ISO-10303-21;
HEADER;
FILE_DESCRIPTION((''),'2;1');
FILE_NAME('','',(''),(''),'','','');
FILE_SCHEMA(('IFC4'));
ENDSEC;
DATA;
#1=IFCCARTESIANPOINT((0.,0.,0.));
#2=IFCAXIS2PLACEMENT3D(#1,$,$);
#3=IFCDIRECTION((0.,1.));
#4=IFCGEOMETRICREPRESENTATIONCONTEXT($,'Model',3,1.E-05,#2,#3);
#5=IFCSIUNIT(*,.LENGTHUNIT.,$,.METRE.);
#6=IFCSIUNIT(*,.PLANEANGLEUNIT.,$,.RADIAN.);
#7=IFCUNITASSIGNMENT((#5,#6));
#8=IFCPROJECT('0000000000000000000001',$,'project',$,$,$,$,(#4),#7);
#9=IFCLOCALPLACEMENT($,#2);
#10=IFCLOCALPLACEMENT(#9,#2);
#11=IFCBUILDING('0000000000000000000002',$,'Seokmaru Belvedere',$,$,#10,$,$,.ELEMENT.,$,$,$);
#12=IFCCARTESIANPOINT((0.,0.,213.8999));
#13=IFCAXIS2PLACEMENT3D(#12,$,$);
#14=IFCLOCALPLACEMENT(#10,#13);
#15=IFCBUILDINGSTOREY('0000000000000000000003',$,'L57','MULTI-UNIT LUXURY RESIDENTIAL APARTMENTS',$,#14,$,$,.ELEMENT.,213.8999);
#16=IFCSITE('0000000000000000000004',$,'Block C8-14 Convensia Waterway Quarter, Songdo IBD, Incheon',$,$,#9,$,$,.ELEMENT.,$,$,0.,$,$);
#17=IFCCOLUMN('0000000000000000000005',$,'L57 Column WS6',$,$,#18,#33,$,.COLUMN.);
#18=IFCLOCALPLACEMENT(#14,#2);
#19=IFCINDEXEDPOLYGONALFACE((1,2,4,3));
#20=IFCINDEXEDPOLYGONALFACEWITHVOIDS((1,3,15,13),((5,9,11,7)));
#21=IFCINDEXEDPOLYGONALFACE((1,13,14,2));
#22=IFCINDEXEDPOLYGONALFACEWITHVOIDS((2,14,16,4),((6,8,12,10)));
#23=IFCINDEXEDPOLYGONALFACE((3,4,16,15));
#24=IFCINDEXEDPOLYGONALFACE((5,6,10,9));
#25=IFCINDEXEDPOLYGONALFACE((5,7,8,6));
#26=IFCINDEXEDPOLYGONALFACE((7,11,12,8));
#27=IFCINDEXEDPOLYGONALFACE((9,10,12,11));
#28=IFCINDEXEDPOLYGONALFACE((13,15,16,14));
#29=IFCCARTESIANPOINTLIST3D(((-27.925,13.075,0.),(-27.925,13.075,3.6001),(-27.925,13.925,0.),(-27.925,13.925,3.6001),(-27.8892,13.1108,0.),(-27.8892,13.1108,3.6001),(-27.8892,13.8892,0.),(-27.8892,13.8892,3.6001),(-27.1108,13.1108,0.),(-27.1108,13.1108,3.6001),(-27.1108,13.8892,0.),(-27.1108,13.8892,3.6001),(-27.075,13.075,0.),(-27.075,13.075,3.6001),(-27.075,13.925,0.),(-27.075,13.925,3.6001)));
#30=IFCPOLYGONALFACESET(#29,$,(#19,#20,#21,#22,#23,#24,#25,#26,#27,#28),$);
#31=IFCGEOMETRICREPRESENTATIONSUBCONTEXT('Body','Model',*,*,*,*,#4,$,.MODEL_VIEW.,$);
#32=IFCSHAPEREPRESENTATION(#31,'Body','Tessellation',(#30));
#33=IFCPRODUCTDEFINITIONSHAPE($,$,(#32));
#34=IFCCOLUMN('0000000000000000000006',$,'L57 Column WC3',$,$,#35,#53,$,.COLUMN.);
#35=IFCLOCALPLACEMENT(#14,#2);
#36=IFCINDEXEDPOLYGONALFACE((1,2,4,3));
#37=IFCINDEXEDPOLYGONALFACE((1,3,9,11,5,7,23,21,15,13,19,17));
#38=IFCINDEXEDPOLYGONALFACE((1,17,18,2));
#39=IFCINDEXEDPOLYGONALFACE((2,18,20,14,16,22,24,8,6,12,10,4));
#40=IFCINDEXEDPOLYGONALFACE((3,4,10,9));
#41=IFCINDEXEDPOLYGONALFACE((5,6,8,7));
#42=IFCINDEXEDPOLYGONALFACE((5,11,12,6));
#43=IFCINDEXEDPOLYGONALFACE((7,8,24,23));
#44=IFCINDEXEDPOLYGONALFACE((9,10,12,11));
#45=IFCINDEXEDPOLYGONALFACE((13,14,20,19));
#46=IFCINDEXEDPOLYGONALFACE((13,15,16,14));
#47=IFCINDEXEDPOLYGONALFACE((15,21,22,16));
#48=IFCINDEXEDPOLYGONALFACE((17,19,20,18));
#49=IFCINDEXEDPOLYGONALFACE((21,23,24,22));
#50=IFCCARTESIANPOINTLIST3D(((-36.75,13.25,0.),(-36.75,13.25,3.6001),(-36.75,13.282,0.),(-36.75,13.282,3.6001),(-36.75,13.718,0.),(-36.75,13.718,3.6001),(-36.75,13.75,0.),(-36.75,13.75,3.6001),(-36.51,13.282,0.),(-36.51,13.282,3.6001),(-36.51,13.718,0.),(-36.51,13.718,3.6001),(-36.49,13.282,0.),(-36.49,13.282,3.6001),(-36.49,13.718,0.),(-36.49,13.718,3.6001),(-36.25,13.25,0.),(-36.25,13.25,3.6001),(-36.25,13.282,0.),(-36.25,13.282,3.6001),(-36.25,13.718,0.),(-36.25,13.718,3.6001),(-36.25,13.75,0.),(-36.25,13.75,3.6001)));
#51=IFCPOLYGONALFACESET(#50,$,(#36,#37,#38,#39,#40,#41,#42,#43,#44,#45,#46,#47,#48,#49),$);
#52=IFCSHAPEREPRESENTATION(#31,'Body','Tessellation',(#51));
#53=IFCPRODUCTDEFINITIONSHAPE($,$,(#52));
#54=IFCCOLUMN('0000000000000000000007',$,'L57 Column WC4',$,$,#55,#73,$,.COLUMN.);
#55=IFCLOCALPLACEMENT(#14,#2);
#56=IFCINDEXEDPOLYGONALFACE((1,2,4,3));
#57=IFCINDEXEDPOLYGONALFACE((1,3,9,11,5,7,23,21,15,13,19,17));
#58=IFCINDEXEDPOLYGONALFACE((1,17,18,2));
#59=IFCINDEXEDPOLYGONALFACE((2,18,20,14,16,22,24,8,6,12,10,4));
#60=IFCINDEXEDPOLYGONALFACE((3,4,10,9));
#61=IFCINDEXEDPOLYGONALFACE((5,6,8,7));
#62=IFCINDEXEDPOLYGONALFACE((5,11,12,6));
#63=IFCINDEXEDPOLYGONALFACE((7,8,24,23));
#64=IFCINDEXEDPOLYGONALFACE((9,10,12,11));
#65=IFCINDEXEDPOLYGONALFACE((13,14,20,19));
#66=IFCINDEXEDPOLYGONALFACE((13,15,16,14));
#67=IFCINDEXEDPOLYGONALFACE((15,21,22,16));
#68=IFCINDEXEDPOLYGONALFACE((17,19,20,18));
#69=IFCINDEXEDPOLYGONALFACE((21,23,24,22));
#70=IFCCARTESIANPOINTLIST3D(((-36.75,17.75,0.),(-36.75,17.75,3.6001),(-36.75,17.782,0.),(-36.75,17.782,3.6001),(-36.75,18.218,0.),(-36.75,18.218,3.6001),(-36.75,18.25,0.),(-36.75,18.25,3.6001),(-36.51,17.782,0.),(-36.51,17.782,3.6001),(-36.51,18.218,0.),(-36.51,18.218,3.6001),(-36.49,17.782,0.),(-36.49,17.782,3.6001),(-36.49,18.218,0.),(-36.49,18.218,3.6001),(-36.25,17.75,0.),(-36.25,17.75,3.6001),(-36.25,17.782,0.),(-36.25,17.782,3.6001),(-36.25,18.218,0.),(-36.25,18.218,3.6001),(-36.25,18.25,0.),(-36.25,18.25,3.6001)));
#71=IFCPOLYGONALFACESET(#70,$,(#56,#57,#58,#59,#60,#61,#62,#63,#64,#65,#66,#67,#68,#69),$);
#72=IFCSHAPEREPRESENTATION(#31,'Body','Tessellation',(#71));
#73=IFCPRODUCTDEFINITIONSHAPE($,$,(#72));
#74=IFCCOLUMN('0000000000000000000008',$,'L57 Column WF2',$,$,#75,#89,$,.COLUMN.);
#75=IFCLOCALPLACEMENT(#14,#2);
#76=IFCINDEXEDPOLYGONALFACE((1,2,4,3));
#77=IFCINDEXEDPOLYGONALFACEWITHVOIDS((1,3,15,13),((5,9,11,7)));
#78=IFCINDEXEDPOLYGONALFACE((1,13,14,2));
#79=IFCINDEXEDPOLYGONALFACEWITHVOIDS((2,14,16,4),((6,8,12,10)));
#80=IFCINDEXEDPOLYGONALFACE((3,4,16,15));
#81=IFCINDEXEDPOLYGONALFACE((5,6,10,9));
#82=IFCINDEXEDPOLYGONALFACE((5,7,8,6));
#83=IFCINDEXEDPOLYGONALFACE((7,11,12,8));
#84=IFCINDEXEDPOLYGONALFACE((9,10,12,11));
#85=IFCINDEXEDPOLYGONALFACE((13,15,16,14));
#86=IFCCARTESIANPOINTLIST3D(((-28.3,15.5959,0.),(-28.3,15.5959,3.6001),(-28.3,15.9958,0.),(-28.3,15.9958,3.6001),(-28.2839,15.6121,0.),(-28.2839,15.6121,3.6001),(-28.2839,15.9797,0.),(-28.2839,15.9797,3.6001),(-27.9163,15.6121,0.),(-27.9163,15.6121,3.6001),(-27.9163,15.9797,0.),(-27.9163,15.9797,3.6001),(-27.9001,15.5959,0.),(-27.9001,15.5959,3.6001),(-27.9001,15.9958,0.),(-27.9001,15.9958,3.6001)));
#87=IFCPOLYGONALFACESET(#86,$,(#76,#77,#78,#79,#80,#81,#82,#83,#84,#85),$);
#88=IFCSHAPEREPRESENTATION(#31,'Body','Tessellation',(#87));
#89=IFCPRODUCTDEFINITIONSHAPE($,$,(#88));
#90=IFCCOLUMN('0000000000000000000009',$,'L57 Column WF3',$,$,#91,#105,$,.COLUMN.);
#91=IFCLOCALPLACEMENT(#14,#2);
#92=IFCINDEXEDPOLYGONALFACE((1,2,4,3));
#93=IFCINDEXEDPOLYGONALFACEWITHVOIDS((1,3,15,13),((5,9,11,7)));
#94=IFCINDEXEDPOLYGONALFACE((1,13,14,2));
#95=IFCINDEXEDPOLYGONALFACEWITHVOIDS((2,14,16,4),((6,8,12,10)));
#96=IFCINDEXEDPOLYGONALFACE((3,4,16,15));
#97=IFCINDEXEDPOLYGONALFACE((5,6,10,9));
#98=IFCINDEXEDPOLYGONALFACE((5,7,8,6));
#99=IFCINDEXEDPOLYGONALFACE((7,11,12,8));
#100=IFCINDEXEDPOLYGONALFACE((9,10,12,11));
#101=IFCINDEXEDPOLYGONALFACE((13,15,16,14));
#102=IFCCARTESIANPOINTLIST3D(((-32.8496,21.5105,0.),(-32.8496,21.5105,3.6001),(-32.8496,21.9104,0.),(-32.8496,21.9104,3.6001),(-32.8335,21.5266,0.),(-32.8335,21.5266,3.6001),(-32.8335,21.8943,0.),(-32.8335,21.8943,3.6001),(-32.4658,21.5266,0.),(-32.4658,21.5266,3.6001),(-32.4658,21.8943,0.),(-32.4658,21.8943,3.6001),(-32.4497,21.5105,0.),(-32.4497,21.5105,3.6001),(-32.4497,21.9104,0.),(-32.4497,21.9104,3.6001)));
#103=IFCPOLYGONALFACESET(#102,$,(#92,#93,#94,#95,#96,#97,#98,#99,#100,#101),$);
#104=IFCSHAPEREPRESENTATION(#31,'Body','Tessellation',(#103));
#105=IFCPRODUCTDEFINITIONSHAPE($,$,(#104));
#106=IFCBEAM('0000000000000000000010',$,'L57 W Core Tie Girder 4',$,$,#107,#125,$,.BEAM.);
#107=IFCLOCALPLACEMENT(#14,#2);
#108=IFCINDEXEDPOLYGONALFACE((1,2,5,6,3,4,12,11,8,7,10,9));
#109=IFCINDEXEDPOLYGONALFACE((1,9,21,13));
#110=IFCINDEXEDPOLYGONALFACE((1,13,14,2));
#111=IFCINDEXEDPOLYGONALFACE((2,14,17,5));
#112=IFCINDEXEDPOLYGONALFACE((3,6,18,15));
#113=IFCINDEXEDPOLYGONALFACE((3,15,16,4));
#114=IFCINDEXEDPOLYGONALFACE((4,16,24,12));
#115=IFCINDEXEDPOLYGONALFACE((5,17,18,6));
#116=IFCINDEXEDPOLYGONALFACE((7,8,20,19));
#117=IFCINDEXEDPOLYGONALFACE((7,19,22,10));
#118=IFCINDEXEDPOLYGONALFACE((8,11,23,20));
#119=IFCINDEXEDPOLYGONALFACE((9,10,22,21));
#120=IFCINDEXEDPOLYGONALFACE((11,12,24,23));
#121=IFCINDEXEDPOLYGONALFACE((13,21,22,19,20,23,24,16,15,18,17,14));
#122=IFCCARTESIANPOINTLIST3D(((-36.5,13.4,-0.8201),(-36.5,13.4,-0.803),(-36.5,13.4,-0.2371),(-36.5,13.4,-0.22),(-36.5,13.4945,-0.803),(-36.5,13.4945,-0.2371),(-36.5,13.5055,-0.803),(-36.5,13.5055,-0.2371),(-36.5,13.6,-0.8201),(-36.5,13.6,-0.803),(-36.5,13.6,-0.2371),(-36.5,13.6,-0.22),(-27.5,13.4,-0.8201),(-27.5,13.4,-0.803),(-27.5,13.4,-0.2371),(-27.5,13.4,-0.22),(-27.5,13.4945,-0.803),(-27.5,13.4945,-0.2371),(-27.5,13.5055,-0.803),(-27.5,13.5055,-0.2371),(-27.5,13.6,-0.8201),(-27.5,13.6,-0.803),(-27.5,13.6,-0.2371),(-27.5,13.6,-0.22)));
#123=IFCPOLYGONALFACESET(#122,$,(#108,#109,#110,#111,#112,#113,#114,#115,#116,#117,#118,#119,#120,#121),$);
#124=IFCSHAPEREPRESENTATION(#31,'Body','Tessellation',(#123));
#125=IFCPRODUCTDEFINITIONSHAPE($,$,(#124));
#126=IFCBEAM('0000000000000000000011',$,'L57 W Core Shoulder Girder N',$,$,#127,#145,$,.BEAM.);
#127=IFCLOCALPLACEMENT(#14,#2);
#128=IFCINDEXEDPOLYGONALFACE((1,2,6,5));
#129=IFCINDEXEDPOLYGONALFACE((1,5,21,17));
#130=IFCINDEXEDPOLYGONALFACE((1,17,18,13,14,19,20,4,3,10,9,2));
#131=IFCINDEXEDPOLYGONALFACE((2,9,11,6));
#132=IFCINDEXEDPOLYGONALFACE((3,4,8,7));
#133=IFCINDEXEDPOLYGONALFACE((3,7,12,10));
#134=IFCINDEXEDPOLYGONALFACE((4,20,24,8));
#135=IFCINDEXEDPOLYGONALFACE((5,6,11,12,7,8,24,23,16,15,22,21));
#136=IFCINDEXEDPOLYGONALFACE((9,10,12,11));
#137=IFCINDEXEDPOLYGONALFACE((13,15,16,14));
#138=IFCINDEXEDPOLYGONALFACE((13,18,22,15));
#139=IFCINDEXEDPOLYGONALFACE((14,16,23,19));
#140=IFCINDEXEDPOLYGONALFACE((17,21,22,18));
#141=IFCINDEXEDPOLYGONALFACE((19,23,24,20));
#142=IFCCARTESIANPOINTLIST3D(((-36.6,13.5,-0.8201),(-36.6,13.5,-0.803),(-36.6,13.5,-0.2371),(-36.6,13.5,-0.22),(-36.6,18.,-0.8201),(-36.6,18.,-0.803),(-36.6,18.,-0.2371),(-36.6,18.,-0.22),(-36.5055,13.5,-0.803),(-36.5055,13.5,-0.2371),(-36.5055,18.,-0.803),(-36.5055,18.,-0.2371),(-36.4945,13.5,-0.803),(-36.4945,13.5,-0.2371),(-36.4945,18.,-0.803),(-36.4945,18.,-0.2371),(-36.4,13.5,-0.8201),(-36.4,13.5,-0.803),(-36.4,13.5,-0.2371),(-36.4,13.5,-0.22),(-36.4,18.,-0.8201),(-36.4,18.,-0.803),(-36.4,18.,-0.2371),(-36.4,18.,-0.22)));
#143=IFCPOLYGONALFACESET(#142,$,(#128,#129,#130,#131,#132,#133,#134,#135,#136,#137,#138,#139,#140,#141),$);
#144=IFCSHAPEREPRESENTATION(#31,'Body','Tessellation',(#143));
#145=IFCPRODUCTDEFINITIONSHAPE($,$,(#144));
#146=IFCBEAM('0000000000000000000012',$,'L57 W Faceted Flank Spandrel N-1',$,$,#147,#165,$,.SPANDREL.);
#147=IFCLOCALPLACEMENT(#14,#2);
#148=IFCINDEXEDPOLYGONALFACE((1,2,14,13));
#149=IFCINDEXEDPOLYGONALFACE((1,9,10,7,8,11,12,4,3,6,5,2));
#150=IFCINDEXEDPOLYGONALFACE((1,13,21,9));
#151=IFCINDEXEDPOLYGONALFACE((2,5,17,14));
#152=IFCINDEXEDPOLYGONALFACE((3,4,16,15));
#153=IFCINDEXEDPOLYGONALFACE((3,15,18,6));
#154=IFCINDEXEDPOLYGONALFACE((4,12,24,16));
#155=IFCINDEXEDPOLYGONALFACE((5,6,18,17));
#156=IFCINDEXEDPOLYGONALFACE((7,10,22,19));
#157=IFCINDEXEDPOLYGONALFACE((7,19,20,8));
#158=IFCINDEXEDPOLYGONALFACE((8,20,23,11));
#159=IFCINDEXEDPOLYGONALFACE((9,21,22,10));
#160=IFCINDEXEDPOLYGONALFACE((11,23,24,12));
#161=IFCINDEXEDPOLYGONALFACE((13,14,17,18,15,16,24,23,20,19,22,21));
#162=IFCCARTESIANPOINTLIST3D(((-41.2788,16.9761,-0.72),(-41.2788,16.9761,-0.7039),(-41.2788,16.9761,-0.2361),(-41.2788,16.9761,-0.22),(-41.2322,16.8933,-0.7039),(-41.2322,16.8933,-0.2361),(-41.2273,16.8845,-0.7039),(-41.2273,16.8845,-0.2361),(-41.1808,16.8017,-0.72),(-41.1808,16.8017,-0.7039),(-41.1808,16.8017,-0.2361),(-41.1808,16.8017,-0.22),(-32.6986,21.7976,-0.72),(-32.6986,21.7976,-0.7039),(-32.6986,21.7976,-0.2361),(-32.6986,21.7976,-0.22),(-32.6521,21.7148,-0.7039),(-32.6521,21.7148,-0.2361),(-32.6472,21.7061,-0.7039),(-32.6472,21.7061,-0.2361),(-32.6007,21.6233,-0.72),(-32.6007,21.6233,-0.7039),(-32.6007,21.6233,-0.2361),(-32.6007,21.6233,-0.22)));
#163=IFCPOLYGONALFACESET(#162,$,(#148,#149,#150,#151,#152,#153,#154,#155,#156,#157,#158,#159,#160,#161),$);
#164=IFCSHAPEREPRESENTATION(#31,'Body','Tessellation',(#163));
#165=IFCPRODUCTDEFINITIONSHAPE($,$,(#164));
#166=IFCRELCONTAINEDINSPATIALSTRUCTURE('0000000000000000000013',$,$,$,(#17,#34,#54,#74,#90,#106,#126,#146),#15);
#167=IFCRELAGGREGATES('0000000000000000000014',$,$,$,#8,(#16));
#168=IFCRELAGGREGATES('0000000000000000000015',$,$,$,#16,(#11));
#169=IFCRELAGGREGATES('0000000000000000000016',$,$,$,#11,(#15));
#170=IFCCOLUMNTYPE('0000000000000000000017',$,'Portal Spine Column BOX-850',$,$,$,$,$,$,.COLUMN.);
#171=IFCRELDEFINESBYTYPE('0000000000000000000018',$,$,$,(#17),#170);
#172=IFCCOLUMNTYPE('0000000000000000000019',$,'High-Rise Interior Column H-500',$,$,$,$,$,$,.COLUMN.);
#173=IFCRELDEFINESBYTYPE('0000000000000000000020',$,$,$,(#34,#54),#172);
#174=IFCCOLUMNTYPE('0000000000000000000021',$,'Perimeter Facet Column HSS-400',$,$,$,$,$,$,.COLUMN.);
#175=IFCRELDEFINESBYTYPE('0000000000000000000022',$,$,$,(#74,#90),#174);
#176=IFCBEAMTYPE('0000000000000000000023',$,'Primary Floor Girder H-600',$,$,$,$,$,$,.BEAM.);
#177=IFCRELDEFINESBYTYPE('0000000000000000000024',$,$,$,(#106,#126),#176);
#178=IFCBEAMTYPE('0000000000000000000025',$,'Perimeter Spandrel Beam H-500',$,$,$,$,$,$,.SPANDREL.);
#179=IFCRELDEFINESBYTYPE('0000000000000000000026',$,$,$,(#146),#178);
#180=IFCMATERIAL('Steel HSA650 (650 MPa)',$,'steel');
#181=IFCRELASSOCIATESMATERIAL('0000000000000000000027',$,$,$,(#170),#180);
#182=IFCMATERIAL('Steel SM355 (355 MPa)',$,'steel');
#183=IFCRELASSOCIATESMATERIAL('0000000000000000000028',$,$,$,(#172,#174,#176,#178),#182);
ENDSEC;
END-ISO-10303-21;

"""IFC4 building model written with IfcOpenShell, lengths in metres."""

from ifc_helpers import new_model, si_unit, direction, frame, origin, origin_2d, place, context, subcontext, project, spatial, hollow_rectangle, i_section, extrude, source, transform, mapped, material, material_profile, profile_set, type_object, type_shapes, element, save


model = new_model("IFC4")

# Units and contexts
model_context = context("Model", 3, precision=1e-05, world=origin(), true_north=direction((0.0, 1.0)))
body_context = subcontext(model_context, "Body", "Model", "MODEL_VIEW")
ifc_project = project(units=[si_unit("LENGTHUNIT", "METRE"), si_unit("PLANEANGLEUNIT", "RADIAN")], contexts=[model_context])

# Site, building, storey
site_placement = place(None, origin())
site = spatial("IfcSite", under=ifc_project, at=site_placement, Name="Block C8-14 Convensia Waterway Quarter, Songdo IBD, Incheon", CompositionType="ELEMENT", RefElevation=0.0)
building_placement = place(site_placement, origin())
building = spatial("IfcBuilding", under=site, at=building_placement, Name="Seokmaru Belvedere", CompositionType="ELEMENT")
storey_placement = place(building_placement, frame((0.0, 0.0, 213.8999)))
storey = spatial("IfcBuildingStorey", under=building, at=storey_placement, Name="L57", Description="MULTI-UNIT LUXURY RESIDENTIAL APARTMENTS", CompositionType="ELEMENT", Elevation=213.8999)

# Columns
ifc_material_1 = material(Name="Steel HSA650 (650 MPa)", Category="steel")
ifc_material_profile_1 = material_profile(ifc_material_1, hollow_rectangle(XDim=0.8501, YDim=0.8501, WallThickness=0.0359, at=origin_2d()), Name="BOX-850x850x36")
ifc_profile_set_1 = profile_set([ifc_material_profile_1], Name="Steel HSA650 (650 MPa)")
column_type_1 = type_object("IfcColumnType", Name="Portal Spine Column BOX-850", PredefinedType="COLUMN", material=ifc_profile_set_1)
shared_shape_1 = source(origin(), body_context, "Body", "SweptSolid", [
    extrude(hollow_rectangle(XDim=0.8501, YDim=0.8501, WallThickness=0.0359, at=origin_2d()), origin(), (0.0, 0.0, 1.0), 3.6001),
])
type_shapes(column_type_1, [shared_shape_1])
column_placement = place(storey_placement, frame((-27.5, 13.5, 0.0), z_axis=(0.0, 0.0, 1.0), x_axis=(1.0, 0.0, 0.0)))
element("IfcColumn", 1, at=column_placement, inside=storey, type_object=column_type_1, Name="L57 Column WS6", PredefinedType="COLUMN", context=body_context, shape_type="MappedRepresentation", body=[
    mapped(shared_shape_1, transform((0.0, 0.0, 0.0), scale=1.0)),
])
ifc_material_2 = material(Name="Steel SM355 (355 MPa)", Category="steel")
ifc_material_profile_2 = material_profile(ifc_material_2, i_section(OverallWidth=0.5, OverallDepth=0.5, WebThickness=0.02, FlangeThickness=0.032, at=origin_2d()), Name="H-500x500x20x32")
ifc_profile_set_2 = profile_set([ifc_material_profile_2], Name="Steel SM355 (355 MPa)")
column_type_2 = type_object("IfcColumnType", Name="High-Rise Interior Column H-500", PredefinedType="COLUMN", material=ifc_profile_set_2)
shared_shape_2 = source(origin(), body_context, "Body", "SweptSolid", [
    extrude(i_section(OverallWidth=0.5, OverallDepth=0.5, WebThickness=0.02, FlangeThickness=0.032, at=origin_2d()), origin(), (0.0, 0.0, 1.0), 3.6001),
])
type_shapes(column_type_2, [shared_shape_2])
for number, where, z_axis, x_axis, name in (
    (2, (-36.5, 13.5, 0.0), (0.0, 0.0, 1.0), (1.0, 0.0, 0.0), "L57 Column WC3"),
    (3, (-36.5, 18.0, 0.0), (0.0, 0.0, 1.0), (1.0, 0.0, 0.0), "L57 Column WC4"),
):
    element("IfcColumn", number, at=place(storey_placement, frame(where, z_axis=z_axis, x_axis=x_axis)), inside=storey, type_object=column_type_2, Name=name, PredefinedType="COLUMN", context=body_context, shape_type="MappedRepresentation", body=[
        mapped(shared_shape_2, transform((0.0, 0.0, 0.0), scale=1.0)),
    ])
ifc_material_profile_3 = material_profile(ifc_material_2, hollow_rectangle(XDim=0.3999, YDim=0.3999, WallThickness=0.0161, at=origin_2d()), Name="HSS-400x400x16")
ifc_profile_set_3 = profile_set([ifc_material_profile_3], Name="Steel SM355 (355 MPa)")
column_type_3 = type_object("IfcColumnType", Name="Perimeter Facet Column HSS-400", PredefinedType="COLUMN", material=ifc_profile_set_3)
shared_shape_3 = source(origin(), body_context, "Body", "SweptSolid", [
    extrude(hollow_rectangle(XDim=0.3999, YDim=0.3999, WallThickness=0.0161, at=origin_2d()), origin(), (0.0, 0.0, 1.0), 3.6001),
])
type_shapes(column_type_3, [shared_shape_3])
for number, where, z_axis, x_axis, name in (
    (4, (-28.1001, 15.7959, 0.0), (0.0, 0.0, 1.0), (1.0, 0.0, 0.0), "L57 Column WF2"),
    (5, (-32.6497, 21.7104, 0.0), (0.0, 0.0, 1.0), (1.0, 0.0, 0.0), "L57 Column WF3"),
):
    element("IfcColumn", number, at=place(storey_placement, frame(where, z_axis=z_axis, x_axis=x_axis)), inside=storey, type_object=column_type_3, Name=name, PredefinedType="COLUMN", context=body_context, shape_type="MappedRepresentation", body=[
        mapped(shared_shape_3, transform((0.0, 0.0, 0.0), scale=1.0)),
    ])

# Beams
ifc_material_profile_4 = material_profile(ifc_material_2, i_section(OverallWidth=0.2, OverallDepth=0.6001, WebThickness=0.011, FlangeThickness=0.0171, at=origin_2d()), Name="H-600x200x11x17")
ifc_profile_set_4 = profile_set([ifc_material_profile_4], Name="Steel SM355 (355 MPa)")
beam_type_1 = type_object("IfcBeamType", Name="Primary Floor Girder H-600", PredefinedType="BEAM", material=ifc_profile_set_4)
shared_shape_4 = source(origin(), body_context, "Body", "SweptSolid", [
    extrude(i_section(OverallWidth=0.2, OverallDepth=0.6001, WebThickness=0.011, FlangeThickness=0.0171, at=origin_2d()), origin(), (0.0, 0.0, 1.0), 9.0),
])
beam_1_placement = place(storey_placement, frame((-36.5, 13.5, -0.52), z_axis=(1.0, 0.0, 0.0), x_axis=(0.0, 1.0, 0.0)))
element("IfcBeam", 6, at=beam_1_placement, inside=storey, type_object=beam_type_1, Name="L57 W Core Tie Girder 4", PredefinedType="BEAM", context=body_context, shape_type="MappedRepresentation", body=[
    mapped(shared_shape_4, transform((0.0, 0.0, 0.0), scale=1.0)),
])
shared_shape_5 = source(origin(), body_context, "Body", "SweptSolid", [
    extrude(i_section(OverallWidth=0.2, OverallDepth=0.6001, WebThickness=0.011, FlangeThickness=0.0171, at=origin_2d()), origin(), (0.0, 0.0, 1.0), 4.5),
])
type_shapes(beam_type_1, [shared_shape_4, shared_shape_5])
beam_2_placement = place(storey_placement, frame((-36.5, 13.5, -0.52), z_axis=(0.0, 1.0, 0.0), x_axis=(-1.0, 0.0, 0.0)))
element("IfcBeam", 7, at=beam_2_placement, inside=storey, type_object=beam_type_1, Name="L57 W Core Shoulder Girder N", PredefinedType="BEAM", context=body_context, shape_type="MappedRepresentation", body=[
    mapped(shared_shape_5, transform((0.0, 0.0, 0.0), scale=1.0)),
])
ifc_material_profile_5 = material_profile(ifc_material_2, i_section(OverallWidth=0.2, OverallDepth=0.5, WebThickness=0.01, FlangeThickness=0.0161, at=origin_2d()), Name="H-500x200x10x16")
ifc_profile_set_5 = profile_set([ifc_material_profile_5], Name="Steel SM355 (355 MPa)")
beam_type_2 = type_object("IfcBeamType", Name="Perimeter Spandrel Beam H-500", PredefinedType="SPANDREL", material=ifc_profile_set_5)
shared_shape_6 = source(origin(), body_context, "Body", "SweptSolid", [
    extrude(i_section(OverallWidth=0.2, OverallDepth=0.5, WebThickness=0.01, FlangeThickness=0.0161, at=origin_2d()), origin(), (0.0, 0.0, 1.0), 9.842),
])
beam_3_placement = place(storey_placement, frame((-32.6497, 21.7104, -0.47), z_axis=(-0.871782, -0.489894, 0.0), x_axis=(0.489894, -0.871782, 0.0)))
element("IfcBeam", 8, at=beam_3_placement, inside=storey, type_object=beam_type_2, Name="L57 W Faceted Flank Spandrel N-1", PredefinedType="SPANDREL", context=body_context, shape_type="MappedRepresentation", body=[
    mapped(shared_shape_6, transform((0.0, 0.0, 0.0), scale=1.0)),
])

save(model, "model.ifc")
